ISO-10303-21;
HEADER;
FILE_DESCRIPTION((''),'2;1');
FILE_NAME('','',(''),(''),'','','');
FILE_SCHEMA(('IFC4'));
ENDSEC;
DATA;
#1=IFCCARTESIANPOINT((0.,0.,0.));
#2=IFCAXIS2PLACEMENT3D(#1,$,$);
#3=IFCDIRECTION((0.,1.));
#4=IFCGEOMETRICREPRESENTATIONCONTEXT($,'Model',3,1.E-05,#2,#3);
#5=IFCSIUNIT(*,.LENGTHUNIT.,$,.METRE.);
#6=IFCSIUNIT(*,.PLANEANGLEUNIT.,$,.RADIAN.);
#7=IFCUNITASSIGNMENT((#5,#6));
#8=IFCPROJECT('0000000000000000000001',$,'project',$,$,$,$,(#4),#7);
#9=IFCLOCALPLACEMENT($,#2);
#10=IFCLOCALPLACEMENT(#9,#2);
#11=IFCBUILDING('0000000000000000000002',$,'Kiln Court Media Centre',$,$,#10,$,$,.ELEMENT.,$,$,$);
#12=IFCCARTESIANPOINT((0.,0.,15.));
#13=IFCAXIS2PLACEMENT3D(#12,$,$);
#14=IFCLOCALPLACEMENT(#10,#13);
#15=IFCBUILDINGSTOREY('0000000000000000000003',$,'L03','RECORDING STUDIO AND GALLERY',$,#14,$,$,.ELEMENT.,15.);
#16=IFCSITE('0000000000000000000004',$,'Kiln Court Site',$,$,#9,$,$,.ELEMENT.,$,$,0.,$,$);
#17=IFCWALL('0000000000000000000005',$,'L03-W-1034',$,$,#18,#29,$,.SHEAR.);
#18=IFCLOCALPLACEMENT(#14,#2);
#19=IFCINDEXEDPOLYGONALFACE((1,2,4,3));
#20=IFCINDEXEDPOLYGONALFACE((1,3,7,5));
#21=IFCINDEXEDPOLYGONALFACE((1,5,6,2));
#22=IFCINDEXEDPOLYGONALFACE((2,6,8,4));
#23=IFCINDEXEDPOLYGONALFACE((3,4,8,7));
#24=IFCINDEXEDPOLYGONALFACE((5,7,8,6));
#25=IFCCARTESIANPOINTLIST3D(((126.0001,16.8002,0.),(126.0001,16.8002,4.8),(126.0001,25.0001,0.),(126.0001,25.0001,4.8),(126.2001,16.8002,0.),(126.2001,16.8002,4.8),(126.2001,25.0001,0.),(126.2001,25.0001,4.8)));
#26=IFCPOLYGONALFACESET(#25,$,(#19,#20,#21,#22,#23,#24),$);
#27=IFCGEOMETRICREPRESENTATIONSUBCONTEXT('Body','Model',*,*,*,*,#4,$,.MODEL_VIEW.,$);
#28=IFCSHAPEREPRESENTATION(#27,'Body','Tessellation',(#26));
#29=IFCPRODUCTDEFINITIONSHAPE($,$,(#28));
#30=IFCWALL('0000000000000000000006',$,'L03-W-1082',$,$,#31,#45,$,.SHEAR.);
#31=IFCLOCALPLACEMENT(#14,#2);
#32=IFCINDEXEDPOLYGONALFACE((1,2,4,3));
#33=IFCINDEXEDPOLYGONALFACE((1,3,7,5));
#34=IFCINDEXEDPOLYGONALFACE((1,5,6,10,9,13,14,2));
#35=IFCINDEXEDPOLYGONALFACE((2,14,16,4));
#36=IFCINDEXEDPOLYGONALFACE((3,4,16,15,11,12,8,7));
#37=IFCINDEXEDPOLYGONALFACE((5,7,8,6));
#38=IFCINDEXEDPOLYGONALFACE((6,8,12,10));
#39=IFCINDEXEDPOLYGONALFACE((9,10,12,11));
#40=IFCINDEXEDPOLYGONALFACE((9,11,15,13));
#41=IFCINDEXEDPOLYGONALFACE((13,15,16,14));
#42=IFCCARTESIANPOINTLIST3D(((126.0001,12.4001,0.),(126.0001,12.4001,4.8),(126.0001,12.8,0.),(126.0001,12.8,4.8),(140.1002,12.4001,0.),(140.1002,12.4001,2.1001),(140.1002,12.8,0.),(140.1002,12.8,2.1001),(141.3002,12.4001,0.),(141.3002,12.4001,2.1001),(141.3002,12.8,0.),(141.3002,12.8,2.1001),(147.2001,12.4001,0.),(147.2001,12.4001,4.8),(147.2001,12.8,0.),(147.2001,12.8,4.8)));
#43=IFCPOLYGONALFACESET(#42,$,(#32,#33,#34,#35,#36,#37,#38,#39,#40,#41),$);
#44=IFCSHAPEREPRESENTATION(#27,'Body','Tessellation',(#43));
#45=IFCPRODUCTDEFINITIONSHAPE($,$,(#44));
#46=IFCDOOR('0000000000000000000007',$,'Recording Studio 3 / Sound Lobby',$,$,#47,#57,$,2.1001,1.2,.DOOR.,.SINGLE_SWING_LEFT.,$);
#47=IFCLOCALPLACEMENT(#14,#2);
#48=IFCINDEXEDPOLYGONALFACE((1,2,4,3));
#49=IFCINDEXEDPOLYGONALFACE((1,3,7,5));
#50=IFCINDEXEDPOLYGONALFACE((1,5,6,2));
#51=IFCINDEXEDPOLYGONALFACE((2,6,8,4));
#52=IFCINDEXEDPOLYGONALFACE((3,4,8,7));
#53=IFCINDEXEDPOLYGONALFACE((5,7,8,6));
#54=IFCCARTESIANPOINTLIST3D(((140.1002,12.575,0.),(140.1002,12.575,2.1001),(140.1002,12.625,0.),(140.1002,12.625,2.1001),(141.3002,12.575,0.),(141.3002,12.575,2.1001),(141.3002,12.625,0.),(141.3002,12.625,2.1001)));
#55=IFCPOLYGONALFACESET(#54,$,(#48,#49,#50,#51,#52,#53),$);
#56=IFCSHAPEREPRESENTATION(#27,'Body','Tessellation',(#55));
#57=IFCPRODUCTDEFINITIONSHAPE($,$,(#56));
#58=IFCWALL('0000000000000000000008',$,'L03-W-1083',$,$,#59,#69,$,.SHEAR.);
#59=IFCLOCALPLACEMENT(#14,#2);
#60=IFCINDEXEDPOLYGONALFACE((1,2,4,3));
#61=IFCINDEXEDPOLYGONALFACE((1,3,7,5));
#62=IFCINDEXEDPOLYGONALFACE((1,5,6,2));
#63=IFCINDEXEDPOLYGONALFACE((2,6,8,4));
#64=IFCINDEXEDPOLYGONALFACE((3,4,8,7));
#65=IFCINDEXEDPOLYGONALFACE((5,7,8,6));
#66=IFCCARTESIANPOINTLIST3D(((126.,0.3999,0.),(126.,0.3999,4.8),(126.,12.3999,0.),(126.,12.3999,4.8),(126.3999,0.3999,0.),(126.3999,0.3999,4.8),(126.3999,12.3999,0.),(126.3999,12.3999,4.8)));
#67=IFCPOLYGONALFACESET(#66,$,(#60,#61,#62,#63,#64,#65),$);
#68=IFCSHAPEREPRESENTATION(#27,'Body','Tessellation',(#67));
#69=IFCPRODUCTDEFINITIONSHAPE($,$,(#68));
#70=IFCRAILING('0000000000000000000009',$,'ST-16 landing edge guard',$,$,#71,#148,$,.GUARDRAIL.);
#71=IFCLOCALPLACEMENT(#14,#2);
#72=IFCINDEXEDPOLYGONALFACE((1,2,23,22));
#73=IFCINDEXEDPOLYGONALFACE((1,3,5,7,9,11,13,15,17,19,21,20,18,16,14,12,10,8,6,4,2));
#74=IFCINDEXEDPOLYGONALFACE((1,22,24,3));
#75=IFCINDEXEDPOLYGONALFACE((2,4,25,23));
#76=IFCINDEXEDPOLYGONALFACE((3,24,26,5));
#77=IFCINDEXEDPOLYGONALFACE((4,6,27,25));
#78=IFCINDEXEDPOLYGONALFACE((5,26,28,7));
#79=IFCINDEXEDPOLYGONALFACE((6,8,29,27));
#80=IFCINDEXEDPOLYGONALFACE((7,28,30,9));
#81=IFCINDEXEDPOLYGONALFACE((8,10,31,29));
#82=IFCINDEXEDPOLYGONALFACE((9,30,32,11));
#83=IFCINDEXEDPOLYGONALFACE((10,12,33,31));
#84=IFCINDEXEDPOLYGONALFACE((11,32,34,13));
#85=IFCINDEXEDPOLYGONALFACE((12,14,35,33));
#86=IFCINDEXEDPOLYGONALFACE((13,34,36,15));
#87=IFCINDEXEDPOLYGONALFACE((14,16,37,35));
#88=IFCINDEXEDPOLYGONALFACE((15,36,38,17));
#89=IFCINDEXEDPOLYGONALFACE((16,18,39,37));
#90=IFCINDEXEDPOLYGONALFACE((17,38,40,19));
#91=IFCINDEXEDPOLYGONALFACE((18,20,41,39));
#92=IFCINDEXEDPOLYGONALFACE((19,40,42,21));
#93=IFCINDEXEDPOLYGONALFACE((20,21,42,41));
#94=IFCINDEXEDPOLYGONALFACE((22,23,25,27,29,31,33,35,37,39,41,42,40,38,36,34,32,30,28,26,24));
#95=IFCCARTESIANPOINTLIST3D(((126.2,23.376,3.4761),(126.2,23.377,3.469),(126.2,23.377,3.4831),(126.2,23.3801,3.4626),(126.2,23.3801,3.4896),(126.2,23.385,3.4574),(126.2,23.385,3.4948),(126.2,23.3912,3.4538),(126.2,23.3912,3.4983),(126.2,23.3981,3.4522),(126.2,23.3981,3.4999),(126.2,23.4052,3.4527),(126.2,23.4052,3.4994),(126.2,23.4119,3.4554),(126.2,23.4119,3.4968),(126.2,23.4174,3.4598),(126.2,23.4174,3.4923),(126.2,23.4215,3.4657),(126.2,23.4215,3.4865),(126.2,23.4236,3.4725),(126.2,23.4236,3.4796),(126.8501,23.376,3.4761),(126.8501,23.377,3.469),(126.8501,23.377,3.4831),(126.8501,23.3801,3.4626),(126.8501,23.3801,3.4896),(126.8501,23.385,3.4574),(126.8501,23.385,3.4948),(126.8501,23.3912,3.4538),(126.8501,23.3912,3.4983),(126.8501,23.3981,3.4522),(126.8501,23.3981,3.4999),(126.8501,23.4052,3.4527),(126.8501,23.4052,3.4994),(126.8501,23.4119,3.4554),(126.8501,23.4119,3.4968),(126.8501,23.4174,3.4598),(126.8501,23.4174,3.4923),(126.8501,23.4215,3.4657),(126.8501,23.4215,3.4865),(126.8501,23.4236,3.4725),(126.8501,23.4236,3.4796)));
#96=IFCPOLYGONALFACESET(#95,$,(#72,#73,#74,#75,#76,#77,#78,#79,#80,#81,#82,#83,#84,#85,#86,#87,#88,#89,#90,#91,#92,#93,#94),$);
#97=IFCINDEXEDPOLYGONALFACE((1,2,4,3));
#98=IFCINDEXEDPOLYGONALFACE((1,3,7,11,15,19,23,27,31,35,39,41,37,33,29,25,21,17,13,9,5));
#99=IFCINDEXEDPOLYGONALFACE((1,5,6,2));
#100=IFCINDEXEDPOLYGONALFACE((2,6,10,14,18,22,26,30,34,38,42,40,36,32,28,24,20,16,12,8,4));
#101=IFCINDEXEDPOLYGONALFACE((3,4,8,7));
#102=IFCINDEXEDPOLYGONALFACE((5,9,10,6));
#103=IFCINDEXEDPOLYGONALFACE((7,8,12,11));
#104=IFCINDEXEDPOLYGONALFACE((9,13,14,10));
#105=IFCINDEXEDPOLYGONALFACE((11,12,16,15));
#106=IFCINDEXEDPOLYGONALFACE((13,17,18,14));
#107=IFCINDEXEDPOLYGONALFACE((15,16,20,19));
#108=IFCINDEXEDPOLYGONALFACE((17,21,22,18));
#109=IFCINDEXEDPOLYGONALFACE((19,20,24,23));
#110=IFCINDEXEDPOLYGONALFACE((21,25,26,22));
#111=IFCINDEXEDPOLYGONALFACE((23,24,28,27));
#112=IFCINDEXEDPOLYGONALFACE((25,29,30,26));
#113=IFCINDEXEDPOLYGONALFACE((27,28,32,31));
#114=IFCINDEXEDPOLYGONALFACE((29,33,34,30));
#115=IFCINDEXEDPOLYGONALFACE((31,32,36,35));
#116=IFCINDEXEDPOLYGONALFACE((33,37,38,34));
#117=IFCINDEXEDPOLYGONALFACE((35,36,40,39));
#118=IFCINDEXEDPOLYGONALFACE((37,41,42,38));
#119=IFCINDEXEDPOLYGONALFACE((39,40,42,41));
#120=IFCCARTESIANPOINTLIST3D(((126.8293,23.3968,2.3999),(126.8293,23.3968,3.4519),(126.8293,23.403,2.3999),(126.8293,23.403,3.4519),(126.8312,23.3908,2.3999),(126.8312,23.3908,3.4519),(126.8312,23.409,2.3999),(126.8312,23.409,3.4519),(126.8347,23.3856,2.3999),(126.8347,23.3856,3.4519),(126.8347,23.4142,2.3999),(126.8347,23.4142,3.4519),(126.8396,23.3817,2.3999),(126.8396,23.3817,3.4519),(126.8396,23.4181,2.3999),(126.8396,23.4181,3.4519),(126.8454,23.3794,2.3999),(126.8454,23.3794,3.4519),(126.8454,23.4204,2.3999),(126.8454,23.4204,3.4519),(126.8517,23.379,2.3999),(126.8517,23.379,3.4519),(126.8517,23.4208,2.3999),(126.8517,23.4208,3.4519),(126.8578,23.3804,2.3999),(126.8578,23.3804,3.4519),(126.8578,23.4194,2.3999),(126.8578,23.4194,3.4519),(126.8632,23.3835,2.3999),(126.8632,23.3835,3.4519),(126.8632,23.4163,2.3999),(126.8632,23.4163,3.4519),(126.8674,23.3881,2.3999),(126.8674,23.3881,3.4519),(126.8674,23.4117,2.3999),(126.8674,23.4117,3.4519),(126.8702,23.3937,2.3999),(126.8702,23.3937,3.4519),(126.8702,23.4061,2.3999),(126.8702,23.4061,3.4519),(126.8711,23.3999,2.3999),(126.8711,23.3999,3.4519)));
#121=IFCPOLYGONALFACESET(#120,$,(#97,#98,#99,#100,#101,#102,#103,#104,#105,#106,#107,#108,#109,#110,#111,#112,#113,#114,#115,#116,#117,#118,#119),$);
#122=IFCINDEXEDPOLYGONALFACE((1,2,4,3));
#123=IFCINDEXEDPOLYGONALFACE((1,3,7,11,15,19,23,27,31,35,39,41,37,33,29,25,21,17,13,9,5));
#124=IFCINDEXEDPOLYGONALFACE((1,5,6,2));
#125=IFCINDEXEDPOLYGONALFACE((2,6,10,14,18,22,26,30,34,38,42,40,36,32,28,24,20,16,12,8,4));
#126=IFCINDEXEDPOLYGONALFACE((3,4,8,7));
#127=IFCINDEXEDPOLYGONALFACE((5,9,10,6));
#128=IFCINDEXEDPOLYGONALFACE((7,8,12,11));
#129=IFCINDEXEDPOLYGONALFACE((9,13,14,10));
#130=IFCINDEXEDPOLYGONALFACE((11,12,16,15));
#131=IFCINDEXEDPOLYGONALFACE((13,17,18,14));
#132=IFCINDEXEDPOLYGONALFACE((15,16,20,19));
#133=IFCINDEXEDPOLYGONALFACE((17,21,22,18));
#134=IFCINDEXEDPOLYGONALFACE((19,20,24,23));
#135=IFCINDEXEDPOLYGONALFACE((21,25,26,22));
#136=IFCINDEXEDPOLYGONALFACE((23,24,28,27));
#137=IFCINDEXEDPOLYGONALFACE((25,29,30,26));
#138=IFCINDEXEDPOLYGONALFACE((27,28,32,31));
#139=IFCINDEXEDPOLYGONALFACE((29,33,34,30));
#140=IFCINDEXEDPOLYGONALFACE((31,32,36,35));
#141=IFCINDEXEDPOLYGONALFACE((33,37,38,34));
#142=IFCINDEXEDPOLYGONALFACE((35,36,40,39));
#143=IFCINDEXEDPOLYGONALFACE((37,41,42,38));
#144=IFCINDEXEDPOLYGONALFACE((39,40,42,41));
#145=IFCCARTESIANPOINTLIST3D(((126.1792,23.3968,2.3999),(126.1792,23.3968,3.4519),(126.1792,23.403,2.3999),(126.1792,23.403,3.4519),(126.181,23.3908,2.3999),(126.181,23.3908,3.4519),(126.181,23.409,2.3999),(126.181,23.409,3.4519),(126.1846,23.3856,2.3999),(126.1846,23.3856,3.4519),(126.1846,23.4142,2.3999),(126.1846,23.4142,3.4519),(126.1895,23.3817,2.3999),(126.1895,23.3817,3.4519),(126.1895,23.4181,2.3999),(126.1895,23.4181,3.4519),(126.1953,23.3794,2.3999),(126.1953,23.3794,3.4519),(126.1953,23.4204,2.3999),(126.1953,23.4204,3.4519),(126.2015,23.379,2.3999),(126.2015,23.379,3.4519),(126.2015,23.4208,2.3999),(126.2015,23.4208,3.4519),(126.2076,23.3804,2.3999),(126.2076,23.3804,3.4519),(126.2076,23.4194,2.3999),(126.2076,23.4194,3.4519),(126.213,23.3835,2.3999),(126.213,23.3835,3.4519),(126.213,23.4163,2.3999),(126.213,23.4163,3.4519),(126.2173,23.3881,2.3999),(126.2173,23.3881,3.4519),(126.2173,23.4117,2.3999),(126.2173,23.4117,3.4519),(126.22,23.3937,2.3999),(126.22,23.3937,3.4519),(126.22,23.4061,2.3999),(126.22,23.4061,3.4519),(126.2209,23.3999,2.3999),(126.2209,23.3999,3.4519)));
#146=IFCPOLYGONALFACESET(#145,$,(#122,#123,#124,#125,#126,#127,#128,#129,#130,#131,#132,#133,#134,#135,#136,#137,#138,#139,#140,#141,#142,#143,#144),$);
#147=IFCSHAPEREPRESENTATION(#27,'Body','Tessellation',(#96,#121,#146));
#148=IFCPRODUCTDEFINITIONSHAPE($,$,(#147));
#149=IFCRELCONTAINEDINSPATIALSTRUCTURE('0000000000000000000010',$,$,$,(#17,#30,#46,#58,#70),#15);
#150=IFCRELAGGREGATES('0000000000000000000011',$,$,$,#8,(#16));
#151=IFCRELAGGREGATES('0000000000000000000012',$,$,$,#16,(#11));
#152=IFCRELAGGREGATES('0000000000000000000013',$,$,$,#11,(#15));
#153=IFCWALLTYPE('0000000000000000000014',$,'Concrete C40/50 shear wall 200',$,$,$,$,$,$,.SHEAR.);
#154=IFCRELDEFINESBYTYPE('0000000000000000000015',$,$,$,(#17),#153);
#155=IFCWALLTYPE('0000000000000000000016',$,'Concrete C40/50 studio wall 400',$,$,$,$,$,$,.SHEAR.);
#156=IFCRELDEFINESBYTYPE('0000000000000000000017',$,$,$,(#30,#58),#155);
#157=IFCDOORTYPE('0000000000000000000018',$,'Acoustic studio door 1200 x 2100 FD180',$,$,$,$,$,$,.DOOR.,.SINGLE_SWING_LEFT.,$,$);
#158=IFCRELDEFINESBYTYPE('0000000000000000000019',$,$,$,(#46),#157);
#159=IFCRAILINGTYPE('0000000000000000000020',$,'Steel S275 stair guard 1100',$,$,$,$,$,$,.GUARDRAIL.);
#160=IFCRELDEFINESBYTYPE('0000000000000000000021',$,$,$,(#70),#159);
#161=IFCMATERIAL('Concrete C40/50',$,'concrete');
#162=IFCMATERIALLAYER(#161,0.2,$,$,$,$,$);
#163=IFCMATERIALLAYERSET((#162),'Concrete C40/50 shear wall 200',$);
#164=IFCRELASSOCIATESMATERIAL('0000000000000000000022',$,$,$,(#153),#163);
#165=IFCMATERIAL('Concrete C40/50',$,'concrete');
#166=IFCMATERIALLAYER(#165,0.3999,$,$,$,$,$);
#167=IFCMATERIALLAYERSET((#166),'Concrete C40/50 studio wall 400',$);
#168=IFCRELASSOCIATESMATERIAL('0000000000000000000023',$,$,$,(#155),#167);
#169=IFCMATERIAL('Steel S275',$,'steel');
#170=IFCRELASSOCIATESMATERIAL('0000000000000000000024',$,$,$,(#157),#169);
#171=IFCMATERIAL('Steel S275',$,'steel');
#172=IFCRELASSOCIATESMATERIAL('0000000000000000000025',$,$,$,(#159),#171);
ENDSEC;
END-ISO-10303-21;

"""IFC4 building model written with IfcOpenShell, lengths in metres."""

from ifc_helpers import new_model, si_unit, direction, frame, frame_2d, origin, origin_2d, place, context, subcontext, project, spatial, rectangle, circle, extrude, material, layer, layer_set, type_object, element, fill, save


model = new_model("IFC4")

# Units and contexts
model_context = context("Model", 3, precision=1e-05, world=origin(), true_north=direction((0.0, 1.0)))
body_context = subcontext(model_context, "Body", "Model", "MODEL_VIEW")
ifc_project = project(units=[si_unit("LENGTHUNIT", "METRE"), si_unit("PLANEANGLEUNIT", "RADIAN")], contexts=[model_context])

# Site, building, storey
site_placement = place(None, origin())
site = spatial("IfcSite", under=ifc_project, at=site_placement, Name="Kiln Court Site", CompositionType="ELEMENT", RefElevation=0.0)
building_placement = place(site_placement, origin())
building = spatial("IfcBuilding", under=site, at=building_placement, Name="Kiln Court Media Centre", CompositionType="ELEMENT")
storey_placement = place(building_placement, frame((0.0, 0.0, 15.0)))
storey = spatial("IfcBuildingStorey", under=building, at=storey_placement, Name="L03", Description="RECORDING STUDIO AND GALLERY", CompositionType="ELEMENT", Elevation=15.0)

# Wall
ifc_material_1 = material(Name="Concrete C40/50", Category="concrete")
ifc_layer_1 = layer(ifc_material_1, 0.2)
ifc_layer_set_1 = layer_set([ifc_layer_1], Name="Concrete C40/50 shear wall 200")
wall_type_1 = type_object("IfcWallType", Name="Concrete C40/50 shear wall 200", PredefinedType="SHEAR", material=ifc_layer_set_1)
wall_1_placement = place(storey_placement, frame((126.1001, 16.8, 0.0), z_axis=(0.0, 0.0, 1.0), x_axis=(0.0, 1.0, 0.0)))
element("IfcWall", 1, at=wall_1_placement, inside=storey, type_object=wall_type_1, Name="L03-W-1034", PredefinedType="SHEAR", context=body_context, shape_type="SweptSolid", body=[
    extrude(rectangle(XDim=8.2, YDim=0.2, at=frame_2d((4.1001, 0.0))), origin(), (0.0, 0.0, 1.0), 4.8),
])

# Wall, opening, door
ifc_material_2 = material(Name="Concrete C40/50", Category="concrete")
ifc_layer_2 = layer(ifc_material_2, 0.3999)
ifc_layer_set_2 = layer_set([ifc_layer_2], Name="Concrete C40/50 studio wall 400")
wall_type_2 = type_object("IfcWallType", Name="Concrete C40/50 studio wall 400", PredefinedType="SHEAR", material=ifc_layer_set_2)
wall_2_placement = place(storey_placement, frame((126.0, 12.6001, 0.0), z_axis=(0.0, 0.0, 1.0), x_axis=(1.0, 0.0, 0.0)))
wall_2 = element("IfcWall", 2, at=wall_2_placement, inside=storey, type_object=wall_type_2, Name="L03-W-1082", PredefinedType="SHEAR", context=body_context, shape_type="SweptSolid", body=[
    extrude(rectangle(XDim=21.2, YDim=0.3999, at=frame_2d((10.6001, 0.0))), origin(), (0.0, 0.0, 1.0), 4.8),
])
opening_placement = place(wall_2_placement, frame((14.1001, 0.0, 0.0)))
opening = element("IfcOpeningElement", 3, at=opening_placement, cuts=wall_2, PredefinedType="OPENING", context=body_context, shape_type="SweptSolid", body=[
    extrude(rectangle(XDim=1.2, YDim=2.1001, at=frame_2d((0.6001, 1.05))), frame((0.0, 0.21, 0.0), z_axis=(0.0, -1.0, 0.0), x_axis=(1.0, 0.0, 0.0)), (0.0, 0.0, 1.0), 0.4199),
])
ifc_material_3 = material(Name="Steel S275", Category="steel")
door_type = type_object("IfcDoorType", Name="Acoustic studio door 1200 x 2100 FD180", OperationType="SINGLE_SWING_LEFT", PredefinedType="DOOR", material=ifc_material_3)
door_placement = place(opening_placement, origin())
door = element("IfcDoor", 4, at=door_placement, inside=storey, type_object=door_type, Name="Recording Studio 3 / Sound Lobby", OperationType="SINGLE_SWING_LEFT", OverallHeight=2.1001, OverallWidth=1.2, PredefinedType="DOOR", context=body_context, shape_type="SweptSolid", body=[
    extrude(rectangle(XDim=1.2, YDim=2.1001, at=frame_2d((0.6001, 1.05))), frame((0.0, 0.0249, 0.0), z_axis=(0.0, -1.0, 0.0), x_axis=(1.0, 0.0, 0.0)), (0.0, 0.0, 1.0), 0.05),
])
fill(opening, door)

# Wall
wall_3_placement = place(storey_placement, frame((126.2, 0.3999, 0.0), z_axis=(0.0, 0.0, 1.0), x_axis=(0.0, 1.0, 0.0)))
element("IfcWall", 5, at=wall_3_placement, inside=storey, type_object=wall_type_2, Name="L03-W-1083", PredefinedType="SHEAR", context=body_context, shape_type="SweptSolid", body=[
    extrude(rectangle(XDim=12.0, YDim=0.3999, at=frame_2d((6.0, 0.0))), origin(), (0.0, 0.0, 1.0), 4.8),
])

# Railing
ifc_material_4 = material(Name="Steel S275", Category="steel")
railing_type_1 = type_object("IfcRailingType", Name="Steel S275 stair guard 1100", PredefinedType="GUARDRAIL", material=ifc_material_4)
for number, where, name in (
    (6, (126.8501, 23.3999, 2.3999), "ST-16 landing edge guard"),
):
    element("IfcRailing", number, at=place(storey_placement, frame(where)), inside=storey, type_object=railing_type_1, Name=name, PredefinedType="GUARDRAIL", context=body_context, shape_type="SweptSolid", body=[
        extrude(circle(Radius=0.0239, at=origin_2d()), frame((0.0, 0.0, 1.0762), z_axis=(-1.0, 0.0, 0.0), x_axis=(0.0, -1.0, 0.0)), (0.0, 0.0, 1.0), 0.6501),
        extrude(circle(Radius=0.021, at=origin_2d()), origin(), (0.0, 0.0, 1.0), 1.052),
        extrude(circle(Radius=0.021, at=origin_2d()), frame((-0.6501, 0.0, 0.0)), (0.0, 0.0, 1.0), 1.052),
    ])

save(model, "model.ifc")
